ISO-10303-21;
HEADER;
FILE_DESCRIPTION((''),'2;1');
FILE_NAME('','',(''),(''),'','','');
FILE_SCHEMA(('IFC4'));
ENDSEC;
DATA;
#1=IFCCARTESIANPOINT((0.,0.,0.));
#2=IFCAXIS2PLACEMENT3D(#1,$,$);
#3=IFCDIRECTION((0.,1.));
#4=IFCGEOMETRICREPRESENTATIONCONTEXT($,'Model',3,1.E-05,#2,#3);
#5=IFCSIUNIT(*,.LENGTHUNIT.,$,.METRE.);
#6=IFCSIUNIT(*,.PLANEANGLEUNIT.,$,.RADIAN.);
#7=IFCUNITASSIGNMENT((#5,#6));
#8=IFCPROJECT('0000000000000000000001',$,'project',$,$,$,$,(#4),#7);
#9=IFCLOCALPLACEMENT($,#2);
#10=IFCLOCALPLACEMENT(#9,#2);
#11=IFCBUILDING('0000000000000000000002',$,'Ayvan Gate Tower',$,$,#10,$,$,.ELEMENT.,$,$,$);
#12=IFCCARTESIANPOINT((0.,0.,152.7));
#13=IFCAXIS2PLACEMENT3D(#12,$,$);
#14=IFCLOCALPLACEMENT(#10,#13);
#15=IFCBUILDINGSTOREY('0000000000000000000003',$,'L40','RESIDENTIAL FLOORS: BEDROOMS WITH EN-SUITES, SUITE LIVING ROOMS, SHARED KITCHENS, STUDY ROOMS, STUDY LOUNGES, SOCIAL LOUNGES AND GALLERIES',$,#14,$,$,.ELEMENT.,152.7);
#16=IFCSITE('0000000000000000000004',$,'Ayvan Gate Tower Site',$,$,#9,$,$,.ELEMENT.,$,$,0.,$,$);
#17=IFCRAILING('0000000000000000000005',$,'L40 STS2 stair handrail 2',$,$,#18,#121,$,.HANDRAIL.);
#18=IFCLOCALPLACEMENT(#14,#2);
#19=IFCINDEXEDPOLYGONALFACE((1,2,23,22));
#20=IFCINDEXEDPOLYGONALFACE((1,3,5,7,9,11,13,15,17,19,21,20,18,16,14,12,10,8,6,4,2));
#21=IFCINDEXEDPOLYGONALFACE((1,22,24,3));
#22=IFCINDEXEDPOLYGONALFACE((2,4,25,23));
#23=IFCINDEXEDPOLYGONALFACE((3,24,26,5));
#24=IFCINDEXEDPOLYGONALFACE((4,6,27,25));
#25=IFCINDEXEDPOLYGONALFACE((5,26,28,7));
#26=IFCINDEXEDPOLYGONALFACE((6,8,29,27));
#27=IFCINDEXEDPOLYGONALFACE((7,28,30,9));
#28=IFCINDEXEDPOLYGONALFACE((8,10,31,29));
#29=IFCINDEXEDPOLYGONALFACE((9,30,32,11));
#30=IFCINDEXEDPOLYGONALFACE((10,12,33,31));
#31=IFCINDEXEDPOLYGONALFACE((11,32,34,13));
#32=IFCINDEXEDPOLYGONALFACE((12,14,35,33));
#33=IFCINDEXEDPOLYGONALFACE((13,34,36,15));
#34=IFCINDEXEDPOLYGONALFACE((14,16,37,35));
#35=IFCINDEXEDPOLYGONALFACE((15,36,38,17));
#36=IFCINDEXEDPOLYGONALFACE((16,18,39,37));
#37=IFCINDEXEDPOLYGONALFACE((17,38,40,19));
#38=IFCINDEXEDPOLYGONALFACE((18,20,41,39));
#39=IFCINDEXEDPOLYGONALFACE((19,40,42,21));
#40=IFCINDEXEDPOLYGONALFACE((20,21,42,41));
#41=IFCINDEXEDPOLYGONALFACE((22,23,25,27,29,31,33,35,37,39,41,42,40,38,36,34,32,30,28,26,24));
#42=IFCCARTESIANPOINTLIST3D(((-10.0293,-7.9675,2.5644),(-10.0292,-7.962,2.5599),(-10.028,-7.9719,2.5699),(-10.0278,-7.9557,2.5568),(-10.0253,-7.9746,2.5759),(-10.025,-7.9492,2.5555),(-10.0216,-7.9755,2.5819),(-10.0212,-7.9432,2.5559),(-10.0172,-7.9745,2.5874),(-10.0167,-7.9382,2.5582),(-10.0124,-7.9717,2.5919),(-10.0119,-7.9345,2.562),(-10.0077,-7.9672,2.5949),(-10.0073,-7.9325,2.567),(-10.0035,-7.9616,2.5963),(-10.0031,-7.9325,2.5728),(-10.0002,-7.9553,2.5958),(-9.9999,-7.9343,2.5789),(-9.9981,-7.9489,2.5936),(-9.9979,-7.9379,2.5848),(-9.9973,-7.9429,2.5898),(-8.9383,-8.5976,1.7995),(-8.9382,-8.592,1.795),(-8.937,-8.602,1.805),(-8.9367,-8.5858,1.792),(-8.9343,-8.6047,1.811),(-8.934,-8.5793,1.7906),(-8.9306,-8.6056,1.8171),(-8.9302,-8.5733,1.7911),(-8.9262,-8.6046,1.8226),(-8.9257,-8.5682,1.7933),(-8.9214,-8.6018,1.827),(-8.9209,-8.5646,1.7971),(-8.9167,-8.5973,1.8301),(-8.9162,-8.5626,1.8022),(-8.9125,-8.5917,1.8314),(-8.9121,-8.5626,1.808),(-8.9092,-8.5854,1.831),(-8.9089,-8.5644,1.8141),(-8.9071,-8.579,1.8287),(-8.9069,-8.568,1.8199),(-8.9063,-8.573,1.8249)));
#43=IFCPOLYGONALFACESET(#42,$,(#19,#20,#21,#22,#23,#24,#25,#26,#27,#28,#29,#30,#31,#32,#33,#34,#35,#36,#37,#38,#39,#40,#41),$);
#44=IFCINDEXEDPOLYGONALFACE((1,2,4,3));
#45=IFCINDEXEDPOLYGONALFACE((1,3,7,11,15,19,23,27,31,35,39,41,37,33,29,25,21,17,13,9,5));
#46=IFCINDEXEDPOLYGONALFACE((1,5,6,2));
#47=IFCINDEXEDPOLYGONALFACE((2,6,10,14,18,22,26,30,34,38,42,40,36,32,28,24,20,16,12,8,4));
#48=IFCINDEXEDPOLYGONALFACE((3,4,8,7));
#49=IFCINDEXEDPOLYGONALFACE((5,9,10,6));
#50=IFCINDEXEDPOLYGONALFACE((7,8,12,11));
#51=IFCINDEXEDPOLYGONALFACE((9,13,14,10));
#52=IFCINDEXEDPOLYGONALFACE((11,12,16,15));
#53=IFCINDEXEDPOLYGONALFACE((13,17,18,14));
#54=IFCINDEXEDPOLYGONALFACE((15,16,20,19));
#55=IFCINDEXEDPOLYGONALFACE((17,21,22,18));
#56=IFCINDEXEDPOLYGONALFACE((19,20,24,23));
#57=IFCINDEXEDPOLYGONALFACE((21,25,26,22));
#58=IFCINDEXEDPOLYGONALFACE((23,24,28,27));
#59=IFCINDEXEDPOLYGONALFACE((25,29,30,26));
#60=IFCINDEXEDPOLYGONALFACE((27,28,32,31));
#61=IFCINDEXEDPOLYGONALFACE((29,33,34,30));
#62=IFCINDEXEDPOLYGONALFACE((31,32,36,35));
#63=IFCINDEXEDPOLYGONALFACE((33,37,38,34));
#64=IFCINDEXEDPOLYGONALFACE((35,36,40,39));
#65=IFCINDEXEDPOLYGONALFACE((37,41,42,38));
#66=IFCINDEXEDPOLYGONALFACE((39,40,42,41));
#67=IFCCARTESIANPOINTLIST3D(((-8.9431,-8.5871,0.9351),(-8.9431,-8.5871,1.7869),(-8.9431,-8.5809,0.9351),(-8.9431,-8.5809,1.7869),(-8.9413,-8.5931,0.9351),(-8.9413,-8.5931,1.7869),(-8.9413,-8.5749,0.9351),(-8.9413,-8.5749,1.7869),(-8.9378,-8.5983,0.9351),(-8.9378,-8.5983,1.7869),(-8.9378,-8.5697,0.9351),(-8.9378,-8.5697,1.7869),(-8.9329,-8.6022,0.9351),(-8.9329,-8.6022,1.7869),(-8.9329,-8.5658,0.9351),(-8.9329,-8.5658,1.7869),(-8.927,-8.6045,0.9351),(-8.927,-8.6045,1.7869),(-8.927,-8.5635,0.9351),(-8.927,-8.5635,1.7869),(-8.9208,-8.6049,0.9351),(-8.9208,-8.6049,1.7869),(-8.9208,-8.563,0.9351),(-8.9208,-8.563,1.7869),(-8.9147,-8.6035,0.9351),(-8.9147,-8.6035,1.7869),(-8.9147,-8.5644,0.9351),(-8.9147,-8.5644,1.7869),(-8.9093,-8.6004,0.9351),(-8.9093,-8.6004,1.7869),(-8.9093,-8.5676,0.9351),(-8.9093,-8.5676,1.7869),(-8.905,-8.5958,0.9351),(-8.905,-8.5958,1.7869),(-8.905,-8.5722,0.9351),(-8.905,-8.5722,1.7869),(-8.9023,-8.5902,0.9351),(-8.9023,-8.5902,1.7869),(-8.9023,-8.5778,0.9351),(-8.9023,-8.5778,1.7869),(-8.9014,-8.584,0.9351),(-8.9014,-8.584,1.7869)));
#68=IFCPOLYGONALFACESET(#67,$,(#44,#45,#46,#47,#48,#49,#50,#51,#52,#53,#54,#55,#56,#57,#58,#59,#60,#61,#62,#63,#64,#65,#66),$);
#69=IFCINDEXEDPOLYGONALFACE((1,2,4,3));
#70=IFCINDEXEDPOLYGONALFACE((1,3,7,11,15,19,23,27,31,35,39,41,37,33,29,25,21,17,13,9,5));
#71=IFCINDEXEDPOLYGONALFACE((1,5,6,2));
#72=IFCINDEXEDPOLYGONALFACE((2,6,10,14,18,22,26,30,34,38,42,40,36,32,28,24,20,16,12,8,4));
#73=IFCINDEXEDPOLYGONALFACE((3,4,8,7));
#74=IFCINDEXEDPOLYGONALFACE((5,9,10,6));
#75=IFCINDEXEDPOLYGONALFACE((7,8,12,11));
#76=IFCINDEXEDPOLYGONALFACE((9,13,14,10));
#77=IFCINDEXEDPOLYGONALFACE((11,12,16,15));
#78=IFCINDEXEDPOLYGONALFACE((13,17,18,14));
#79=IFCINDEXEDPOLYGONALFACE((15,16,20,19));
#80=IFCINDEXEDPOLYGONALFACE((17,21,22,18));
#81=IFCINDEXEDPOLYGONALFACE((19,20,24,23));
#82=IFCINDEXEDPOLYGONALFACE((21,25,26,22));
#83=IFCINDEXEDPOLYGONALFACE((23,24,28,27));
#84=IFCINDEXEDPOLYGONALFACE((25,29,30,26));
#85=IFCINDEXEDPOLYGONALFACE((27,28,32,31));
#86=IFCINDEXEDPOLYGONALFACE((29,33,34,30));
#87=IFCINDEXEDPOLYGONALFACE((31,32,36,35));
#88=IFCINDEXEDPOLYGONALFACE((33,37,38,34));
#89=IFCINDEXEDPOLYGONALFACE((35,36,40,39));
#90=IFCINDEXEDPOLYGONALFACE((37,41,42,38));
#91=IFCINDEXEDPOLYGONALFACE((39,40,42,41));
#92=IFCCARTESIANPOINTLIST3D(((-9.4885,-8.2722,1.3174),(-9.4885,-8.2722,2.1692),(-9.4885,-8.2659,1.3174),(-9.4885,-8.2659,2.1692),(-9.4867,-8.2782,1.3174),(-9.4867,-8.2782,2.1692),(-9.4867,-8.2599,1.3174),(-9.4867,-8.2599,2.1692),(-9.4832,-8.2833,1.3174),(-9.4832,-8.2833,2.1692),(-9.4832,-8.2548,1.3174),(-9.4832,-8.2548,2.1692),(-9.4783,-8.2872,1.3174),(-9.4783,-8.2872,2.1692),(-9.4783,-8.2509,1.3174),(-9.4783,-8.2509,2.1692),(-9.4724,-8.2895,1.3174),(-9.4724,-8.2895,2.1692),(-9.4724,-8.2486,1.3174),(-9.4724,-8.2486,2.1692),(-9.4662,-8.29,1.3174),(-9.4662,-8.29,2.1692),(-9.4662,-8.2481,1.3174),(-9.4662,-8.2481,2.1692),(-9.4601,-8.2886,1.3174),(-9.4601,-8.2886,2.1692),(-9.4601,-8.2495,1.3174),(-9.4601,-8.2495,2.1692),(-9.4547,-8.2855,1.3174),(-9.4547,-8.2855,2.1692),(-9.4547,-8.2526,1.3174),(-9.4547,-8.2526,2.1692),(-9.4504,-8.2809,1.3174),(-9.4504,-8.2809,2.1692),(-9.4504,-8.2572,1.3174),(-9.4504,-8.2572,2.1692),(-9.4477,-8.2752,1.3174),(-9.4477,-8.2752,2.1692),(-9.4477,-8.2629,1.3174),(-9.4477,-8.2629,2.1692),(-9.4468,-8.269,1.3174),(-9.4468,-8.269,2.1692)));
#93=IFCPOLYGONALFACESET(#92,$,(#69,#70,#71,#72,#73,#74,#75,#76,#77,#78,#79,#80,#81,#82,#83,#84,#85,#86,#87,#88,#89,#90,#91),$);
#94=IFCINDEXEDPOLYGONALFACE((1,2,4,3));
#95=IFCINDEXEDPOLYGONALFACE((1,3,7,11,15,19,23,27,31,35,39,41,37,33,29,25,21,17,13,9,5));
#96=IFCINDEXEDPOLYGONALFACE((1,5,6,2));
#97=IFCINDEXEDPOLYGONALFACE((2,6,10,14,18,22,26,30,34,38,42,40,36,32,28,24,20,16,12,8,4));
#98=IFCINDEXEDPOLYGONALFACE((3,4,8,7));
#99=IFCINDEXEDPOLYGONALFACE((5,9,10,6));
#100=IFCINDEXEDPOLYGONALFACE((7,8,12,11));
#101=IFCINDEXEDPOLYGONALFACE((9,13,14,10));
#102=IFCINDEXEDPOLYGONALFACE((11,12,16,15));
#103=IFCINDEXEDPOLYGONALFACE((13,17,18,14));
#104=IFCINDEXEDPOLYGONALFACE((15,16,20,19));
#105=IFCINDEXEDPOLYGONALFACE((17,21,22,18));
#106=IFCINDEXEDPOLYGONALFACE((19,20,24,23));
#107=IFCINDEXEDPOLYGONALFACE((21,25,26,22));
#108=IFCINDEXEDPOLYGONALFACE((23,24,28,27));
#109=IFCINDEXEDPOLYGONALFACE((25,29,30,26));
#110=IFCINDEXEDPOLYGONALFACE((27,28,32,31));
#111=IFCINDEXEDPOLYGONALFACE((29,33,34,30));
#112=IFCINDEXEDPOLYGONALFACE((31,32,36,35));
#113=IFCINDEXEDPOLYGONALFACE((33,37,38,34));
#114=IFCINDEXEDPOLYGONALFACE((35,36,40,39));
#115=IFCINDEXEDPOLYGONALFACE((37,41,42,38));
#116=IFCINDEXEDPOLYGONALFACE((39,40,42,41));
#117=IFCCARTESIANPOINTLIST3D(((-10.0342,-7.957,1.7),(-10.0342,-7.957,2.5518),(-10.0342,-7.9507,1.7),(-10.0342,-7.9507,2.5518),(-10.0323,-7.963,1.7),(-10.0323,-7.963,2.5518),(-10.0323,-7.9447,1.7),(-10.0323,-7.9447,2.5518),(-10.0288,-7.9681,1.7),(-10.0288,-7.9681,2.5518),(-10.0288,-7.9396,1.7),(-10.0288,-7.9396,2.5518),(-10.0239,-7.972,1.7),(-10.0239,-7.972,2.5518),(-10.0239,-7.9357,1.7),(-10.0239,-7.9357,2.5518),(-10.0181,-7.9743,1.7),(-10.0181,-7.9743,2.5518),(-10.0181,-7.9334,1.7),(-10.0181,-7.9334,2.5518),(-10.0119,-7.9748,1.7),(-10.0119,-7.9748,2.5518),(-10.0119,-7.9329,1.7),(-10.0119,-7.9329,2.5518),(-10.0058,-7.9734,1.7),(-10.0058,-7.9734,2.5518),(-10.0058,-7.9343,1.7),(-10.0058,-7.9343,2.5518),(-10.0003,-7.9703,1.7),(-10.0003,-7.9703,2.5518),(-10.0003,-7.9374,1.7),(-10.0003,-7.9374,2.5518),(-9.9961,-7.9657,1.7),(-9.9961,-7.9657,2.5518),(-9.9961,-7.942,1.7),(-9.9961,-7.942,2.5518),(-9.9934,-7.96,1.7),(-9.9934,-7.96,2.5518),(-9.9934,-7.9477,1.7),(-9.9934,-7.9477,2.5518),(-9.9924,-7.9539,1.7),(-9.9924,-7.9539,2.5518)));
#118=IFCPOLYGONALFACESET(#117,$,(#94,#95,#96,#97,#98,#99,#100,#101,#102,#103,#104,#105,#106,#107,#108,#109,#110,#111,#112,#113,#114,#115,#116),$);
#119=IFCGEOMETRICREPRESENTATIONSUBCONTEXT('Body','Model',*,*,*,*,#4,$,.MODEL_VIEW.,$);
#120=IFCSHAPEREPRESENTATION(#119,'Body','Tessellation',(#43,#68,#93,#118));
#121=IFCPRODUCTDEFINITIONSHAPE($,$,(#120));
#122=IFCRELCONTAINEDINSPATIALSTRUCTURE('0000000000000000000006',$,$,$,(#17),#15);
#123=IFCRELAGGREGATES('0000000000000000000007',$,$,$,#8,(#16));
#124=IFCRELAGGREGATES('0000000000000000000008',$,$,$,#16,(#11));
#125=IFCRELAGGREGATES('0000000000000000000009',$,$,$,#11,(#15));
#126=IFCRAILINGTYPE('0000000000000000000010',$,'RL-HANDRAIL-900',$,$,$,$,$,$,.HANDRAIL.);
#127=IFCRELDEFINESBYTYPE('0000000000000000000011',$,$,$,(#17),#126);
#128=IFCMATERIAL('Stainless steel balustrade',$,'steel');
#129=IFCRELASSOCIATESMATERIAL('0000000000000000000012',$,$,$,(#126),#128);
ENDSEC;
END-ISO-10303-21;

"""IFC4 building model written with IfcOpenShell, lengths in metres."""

from ifc_helpers import new_model, si_unit, direction, frame, origin, origin_2d, place, context, subcontext, project, spatial, circle, extrude, material, type_object, element, save


model = new_model("IFC4")

# Units and contexts
model_context = context("Model", 3, precision=1e-05, world=origin(), true_north=direction((0.0, 1.0)))
body_context = subcontext(model_context, "Body", "Model", "MODEL_VIEW")
ifc_project = project(units=[si_unit("LENGTHUNIT", "METRE"), si_unit("PLANEANGLEUNIT", "RADIAN")], contexts=[model_context])

# Site, building, storey
site_placement = place(None, origin())
site = spatial("IfcSite", under=ifc_project, at=site_placement, Name="Ayvan Gate Tower Site", CompositionType="ELEMENT", RefElevation=0.0)
building_placement = place(site_placement, origin())
building = spatial("IfcBuilding", under=site, at=building_placement, Name="Ayvan Gate Tower", CompositionType="ELEMENT")
storey_placement = place(building_placement, frame((0.0, 0.0, 152.7)))
storey = spatial("IfcBuildingStorey", under=building, at=storey_placement, Name="L40", Description="RESIDENTIAL FLOORS: BEDROOMS WITH EN-SUITES, SUITE LIVING ROOMS, SHARED KITCHENS, STUDY ROOMS, STUDY LOUNGES, SOCIAL LOUNGES AND GALLERIES", CompositionType="ELEMENT", Elevation=152.7)

# Railing
ifc_material_1 = material(Name="Stainless steel balustrade", Category="steel")
railing_type_1 = type_object("IfcRailingType", Name="RL-HANDRAIL-900", PredefinedType="HANDRAIL", material=ifc_material_1)
railing_1_placement = place(storey_placement, frame((-8.9224, -8.584, 0.9351)))
element("IfcRailing", 1, at=railing_1_placement, inside=storey, type_object=railing_type_1, Name="L40 STS2 stair handrail 2", PredefinedType="HANDRAIL", context=body_context, shape_type="SweptSolid", body=[
    extrude(circle(Radius=0.0239, at=origin_2d()), frame((0.0, 0.0, 0.876), z_axis=(-0.740229, 0.427508, 0.518939), x_axis=(-0.500119, -0.865956, 0.0)), (0.0, 0.0, 1.0), 1.4739),
    extrude(circle(Radius=0.021, at=origin_2d()), origin(), (0.0, 0.0, 1.0), 0.8518),
    extrude(circle(Radius=0.021, at=origin_2d()), frame((-0.5454, 0.3149, 0.3823)), (0.0, 0.0, 1.0), 0.8518),
    extrude(circle(Radius=0.021, at=origin_2d()), frame((-1.0911, 0.6301, 0.7649)), (0.0, 0.0, 1.0), 0.8518),
])

save(model, "model.ifc")
